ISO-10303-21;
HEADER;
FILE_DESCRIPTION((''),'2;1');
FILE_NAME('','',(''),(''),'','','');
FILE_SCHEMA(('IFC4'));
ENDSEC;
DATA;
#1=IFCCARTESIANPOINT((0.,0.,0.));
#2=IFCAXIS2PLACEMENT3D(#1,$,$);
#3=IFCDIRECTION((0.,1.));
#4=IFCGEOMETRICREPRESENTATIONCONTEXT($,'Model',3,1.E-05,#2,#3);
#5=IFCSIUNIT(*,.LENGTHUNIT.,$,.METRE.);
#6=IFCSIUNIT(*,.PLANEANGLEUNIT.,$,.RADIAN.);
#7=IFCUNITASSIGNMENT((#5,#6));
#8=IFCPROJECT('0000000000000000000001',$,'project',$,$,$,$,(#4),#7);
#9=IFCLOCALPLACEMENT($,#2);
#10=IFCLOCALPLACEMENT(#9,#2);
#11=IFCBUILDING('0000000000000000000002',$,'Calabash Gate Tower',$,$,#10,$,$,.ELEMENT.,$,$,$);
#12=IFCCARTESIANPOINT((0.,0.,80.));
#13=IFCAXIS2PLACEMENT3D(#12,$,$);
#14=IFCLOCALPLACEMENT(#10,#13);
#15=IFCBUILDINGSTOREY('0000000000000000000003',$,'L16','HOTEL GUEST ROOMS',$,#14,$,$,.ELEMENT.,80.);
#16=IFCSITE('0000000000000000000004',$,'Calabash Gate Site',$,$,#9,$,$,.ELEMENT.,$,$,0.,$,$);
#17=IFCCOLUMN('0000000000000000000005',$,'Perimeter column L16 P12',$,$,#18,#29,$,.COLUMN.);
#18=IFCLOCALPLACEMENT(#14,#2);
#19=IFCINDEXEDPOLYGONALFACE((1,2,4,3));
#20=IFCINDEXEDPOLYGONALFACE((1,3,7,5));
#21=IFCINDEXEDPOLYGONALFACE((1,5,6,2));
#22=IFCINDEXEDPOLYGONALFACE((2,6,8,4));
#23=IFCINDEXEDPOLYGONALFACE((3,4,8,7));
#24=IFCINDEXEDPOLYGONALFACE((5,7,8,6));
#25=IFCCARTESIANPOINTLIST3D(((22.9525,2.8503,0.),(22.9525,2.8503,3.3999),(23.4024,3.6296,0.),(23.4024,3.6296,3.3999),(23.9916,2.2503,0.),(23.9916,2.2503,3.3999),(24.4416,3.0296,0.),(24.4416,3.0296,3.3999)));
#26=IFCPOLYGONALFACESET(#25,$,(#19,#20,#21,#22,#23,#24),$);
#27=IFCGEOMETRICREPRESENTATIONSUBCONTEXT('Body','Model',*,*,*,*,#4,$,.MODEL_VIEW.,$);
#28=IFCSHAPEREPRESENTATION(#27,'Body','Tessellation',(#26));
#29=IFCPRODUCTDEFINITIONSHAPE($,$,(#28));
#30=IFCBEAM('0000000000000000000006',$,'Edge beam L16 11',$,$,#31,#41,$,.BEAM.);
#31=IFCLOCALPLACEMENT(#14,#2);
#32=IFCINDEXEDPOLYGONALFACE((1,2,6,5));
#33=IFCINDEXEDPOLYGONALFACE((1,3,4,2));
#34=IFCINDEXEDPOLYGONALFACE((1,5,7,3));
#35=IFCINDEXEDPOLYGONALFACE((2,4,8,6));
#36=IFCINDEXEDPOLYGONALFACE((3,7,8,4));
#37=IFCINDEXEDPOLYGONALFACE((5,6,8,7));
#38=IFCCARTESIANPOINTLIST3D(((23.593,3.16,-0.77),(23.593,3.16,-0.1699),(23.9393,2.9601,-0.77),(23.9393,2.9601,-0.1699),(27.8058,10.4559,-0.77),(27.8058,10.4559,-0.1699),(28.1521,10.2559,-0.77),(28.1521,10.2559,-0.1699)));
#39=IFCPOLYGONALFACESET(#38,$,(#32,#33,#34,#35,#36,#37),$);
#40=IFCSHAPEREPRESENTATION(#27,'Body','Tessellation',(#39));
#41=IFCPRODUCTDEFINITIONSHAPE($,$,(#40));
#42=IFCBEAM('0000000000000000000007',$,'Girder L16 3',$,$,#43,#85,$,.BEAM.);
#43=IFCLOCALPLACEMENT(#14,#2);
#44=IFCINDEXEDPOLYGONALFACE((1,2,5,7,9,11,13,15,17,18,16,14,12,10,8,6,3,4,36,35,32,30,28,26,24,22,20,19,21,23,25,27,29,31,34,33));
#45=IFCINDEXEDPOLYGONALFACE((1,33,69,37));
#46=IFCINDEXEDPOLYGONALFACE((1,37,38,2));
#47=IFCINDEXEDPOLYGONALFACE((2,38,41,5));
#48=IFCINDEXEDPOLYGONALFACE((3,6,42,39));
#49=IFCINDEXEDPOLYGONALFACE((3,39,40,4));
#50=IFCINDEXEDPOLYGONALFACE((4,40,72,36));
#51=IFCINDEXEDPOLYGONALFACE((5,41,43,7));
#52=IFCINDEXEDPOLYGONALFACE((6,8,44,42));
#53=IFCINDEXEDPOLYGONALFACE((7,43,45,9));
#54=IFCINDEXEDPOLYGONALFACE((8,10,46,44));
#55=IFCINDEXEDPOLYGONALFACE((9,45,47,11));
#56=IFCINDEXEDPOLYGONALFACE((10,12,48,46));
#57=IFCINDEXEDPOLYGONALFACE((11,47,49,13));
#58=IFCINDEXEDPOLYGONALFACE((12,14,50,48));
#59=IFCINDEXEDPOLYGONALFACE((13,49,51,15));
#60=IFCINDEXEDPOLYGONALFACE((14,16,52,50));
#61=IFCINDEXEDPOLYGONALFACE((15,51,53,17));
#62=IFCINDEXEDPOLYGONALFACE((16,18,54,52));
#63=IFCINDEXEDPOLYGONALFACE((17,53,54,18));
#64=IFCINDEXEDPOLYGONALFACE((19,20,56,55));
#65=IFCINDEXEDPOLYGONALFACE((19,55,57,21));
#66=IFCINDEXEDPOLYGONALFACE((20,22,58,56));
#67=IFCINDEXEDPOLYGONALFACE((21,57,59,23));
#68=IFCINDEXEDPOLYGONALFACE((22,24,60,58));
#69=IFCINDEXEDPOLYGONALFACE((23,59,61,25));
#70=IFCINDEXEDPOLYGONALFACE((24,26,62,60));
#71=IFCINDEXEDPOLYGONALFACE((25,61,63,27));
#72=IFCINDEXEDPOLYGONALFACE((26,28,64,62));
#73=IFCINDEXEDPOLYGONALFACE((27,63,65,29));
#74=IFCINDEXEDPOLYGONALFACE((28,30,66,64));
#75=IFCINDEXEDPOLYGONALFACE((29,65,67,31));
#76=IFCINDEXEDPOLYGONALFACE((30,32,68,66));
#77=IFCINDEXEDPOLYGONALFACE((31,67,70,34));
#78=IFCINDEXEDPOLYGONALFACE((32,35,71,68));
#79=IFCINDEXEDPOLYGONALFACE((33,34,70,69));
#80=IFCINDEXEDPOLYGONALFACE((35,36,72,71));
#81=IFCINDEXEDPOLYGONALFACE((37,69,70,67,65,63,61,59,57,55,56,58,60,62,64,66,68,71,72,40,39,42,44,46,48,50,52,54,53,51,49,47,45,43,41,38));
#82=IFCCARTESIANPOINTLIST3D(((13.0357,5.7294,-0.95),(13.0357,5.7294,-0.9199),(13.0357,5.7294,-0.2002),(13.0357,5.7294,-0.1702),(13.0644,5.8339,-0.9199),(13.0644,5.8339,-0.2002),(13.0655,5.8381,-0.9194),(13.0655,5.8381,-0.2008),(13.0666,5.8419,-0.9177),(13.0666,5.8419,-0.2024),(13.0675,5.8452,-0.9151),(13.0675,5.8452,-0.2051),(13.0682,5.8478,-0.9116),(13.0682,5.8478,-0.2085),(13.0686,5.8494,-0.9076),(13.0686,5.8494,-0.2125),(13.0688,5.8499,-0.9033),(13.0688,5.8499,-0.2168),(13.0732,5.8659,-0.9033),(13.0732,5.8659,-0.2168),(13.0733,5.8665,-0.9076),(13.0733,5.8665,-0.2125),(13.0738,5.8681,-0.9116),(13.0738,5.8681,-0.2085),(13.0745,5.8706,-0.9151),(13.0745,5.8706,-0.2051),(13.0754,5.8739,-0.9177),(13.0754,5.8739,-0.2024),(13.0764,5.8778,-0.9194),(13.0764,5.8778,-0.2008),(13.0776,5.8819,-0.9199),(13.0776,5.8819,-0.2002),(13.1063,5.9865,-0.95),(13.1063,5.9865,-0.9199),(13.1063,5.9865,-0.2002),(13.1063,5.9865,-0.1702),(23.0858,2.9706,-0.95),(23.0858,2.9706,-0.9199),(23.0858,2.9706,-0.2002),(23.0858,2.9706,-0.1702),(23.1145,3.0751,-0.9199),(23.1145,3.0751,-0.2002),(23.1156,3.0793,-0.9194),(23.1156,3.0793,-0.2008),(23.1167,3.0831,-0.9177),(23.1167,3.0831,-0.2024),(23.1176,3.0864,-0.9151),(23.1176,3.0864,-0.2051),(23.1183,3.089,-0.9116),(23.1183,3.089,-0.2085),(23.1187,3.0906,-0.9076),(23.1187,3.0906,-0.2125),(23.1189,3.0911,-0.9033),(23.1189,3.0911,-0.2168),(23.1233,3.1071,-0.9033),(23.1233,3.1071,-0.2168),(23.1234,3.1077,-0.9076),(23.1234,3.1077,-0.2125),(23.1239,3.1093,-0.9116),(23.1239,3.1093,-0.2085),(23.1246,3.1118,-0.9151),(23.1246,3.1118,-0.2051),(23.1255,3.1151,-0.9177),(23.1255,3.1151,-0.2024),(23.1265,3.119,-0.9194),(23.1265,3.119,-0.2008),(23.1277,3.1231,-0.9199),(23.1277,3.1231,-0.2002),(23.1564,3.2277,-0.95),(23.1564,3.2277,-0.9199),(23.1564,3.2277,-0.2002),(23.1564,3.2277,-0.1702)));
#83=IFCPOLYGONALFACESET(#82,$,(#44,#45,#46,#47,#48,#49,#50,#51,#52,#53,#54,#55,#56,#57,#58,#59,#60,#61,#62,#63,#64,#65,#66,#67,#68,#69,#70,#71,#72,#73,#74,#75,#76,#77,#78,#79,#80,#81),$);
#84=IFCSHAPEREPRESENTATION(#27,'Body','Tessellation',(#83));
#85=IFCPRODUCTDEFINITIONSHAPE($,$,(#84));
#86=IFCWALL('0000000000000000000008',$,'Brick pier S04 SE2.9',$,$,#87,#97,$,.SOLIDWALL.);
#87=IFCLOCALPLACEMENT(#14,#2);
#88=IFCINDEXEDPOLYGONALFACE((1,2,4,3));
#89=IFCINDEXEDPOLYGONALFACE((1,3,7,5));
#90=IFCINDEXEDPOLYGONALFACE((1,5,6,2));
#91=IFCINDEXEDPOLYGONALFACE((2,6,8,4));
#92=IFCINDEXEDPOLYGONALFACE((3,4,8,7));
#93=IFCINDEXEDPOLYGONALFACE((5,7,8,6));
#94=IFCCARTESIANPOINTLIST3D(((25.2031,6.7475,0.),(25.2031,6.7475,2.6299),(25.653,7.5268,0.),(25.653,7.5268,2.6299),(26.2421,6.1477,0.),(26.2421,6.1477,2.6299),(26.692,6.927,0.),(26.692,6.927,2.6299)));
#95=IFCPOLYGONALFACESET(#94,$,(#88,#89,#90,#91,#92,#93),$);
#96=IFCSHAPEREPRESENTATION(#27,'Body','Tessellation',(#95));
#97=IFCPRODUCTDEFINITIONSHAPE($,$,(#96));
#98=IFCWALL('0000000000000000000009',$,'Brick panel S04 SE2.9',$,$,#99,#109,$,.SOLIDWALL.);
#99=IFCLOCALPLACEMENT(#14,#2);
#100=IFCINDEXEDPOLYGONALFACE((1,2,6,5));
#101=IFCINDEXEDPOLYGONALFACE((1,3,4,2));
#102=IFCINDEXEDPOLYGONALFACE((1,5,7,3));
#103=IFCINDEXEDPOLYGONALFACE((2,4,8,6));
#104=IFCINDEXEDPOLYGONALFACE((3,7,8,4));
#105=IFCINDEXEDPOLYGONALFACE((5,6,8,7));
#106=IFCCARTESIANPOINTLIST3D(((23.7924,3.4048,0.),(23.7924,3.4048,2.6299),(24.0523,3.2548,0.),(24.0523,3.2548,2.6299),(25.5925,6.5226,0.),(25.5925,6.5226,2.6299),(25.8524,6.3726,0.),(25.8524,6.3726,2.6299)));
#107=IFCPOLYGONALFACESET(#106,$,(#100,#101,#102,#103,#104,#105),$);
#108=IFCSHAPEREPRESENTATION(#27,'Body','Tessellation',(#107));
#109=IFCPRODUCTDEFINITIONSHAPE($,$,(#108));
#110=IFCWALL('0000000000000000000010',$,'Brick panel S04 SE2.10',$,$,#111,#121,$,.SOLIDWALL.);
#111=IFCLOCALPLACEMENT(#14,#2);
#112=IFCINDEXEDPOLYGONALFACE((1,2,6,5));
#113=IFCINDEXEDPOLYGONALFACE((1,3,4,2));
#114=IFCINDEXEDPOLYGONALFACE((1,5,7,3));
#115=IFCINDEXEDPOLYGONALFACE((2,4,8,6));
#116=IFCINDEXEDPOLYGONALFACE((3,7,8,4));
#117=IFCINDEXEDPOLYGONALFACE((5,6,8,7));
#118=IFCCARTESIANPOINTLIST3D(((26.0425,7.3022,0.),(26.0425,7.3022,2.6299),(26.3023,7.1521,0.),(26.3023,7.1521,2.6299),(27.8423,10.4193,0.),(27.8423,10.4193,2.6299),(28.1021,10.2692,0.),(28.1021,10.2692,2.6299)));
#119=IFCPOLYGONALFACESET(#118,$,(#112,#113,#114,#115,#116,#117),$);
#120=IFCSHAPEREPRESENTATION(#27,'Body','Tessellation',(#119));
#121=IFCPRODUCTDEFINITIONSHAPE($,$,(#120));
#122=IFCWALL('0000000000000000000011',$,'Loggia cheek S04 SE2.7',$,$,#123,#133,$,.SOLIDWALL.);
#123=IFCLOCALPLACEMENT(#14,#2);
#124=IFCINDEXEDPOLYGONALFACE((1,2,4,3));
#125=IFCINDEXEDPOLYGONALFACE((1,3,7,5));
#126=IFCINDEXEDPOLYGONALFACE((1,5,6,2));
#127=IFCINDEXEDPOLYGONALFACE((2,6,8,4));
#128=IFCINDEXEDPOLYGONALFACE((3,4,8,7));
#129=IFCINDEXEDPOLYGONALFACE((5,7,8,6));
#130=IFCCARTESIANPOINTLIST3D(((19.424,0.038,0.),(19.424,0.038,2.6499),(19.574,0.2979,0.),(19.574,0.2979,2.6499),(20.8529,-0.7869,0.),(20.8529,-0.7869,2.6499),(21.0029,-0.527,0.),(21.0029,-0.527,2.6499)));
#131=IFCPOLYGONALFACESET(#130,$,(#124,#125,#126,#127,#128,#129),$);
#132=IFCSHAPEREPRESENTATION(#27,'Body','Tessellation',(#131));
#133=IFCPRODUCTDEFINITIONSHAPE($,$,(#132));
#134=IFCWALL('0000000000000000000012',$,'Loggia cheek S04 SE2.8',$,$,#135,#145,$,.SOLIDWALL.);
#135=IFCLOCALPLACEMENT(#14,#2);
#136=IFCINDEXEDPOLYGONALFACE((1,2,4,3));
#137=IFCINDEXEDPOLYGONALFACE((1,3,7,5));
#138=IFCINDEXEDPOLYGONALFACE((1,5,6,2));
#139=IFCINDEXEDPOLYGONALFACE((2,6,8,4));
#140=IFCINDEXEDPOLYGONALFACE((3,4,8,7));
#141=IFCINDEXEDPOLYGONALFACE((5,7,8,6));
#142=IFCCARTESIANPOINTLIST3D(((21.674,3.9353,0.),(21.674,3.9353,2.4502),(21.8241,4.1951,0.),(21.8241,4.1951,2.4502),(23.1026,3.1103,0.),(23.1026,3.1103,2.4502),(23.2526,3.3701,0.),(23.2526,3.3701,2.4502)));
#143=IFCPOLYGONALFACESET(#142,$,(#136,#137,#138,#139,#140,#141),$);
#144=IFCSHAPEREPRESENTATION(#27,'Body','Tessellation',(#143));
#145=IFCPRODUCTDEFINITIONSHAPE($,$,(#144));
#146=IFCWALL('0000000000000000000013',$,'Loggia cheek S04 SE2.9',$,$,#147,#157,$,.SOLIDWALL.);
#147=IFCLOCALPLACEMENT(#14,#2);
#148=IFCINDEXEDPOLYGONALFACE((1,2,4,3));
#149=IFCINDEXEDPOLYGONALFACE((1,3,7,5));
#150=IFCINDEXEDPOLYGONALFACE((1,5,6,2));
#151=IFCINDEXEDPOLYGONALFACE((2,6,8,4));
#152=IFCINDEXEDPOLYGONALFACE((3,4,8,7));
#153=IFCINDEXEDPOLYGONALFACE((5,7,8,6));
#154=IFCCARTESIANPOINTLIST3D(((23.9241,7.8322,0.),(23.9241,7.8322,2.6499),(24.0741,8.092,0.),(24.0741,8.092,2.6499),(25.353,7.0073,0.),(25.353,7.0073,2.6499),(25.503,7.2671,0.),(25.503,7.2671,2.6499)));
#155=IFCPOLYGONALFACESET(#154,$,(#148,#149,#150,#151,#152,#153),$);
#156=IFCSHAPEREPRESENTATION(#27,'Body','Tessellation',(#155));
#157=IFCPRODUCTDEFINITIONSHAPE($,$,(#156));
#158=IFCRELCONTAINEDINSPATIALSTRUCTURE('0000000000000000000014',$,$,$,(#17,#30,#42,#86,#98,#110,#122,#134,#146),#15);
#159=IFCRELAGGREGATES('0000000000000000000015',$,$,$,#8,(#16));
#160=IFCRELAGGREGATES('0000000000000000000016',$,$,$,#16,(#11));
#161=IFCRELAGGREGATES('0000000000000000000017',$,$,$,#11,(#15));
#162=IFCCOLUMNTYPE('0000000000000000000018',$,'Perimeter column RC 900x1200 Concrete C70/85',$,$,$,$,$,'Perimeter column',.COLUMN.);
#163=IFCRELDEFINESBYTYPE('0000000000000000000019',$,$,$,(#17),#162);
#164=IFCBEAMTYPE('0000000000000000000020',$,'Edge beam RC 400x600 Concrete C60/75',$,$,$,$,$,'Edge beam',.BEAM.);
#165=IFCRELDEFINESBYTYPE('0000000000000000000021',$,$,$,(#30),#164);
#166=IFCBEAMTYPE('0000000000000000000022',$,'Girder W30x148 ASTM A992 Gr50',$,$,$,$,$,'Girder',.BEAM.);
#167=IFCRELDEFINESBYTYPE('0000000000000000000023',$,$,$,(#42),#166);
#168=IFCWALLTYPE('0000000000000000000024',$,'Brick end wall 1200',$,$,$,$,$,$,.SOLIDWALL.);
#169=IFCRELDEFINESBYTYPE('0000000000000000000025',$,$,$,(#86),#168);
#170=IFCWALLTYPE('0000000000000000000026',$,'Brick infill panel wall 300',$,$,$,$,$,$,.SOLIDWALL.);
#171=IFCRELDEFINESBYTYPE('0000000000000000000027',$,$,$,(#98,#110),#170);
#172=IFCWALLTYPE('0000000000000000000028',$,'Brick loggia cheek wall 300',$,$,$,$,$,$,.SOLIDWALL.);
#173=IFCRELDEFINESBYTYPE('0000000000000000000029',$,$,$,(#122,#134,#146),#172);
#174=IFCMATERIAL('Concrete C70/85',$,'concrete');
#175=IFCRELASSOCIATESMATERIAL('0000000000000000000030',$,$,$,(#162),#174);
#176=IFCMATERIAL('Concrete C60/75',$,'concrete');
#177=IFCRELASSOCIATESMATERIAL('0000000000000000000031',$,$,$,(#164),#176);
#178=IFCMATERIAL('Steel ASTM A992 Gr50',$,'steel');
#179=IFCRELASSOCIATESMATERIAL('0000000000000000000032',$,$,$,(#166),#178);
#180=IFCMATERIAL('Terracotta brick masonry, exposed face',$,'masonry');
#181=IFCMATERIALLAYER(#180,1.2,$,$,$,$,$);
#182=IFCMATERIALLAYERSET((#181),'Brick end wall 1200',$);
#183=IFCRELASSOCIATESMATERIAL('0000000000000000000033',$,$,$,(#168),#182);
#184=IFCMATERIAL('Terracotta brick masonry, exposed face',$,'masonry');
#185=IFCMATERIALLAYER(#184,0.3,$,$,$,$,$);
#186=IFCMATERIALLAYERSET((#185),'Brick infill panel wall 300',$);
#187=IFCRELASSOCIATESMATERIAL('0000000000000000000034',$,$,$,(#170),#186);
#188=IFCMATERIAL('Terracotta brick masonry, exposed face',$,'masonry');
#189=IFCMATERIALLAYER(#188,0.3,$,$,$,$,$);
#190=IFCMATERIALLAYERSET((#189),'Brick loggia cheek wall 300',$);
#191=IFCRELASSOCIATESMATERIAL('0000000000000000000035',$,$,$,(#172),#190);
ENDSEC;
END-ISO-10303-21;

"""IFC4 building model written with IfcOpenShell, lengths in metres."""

from ifc_helpers import new_model, si_unit, direction, frame, frame_2d, origin, origin_2d, place, context, subcontext, project, spatial, rectangle, i_section, extrude, material, layer, layer_set, material_profile, profile_set, type_object, element, save


model = new_model("IFC4")

# Units and contexts
model_context = context("Model", 3, precision=1e-05, world=origin(), true_north=direction((0.0, 1.0)))
body_context = subcontext(model_context, "Body", "Model", "MODEL_VIEW")
ifc_project = project(units=[si_unit("LENGTHUNIT", "METRE"), si_unit("PLANEANGLEUNIT", "RADIAN")], contexts=[model_context])

# Site, building, storey
site_placement = place(None, origin())
site = spatial("IfcSite", under=ifc_project, at=site_placement, Name="Calabash Gate Site", CompositionType="ELEMENT", RefElevation=0.0)
building_placement = place(site_placement, origin())
building = spatial("IfcBuilding", under=site, at=building_placement, Name="Calabash Gate Tower", CompositionType="ELEMENT")
storey_placement = place(building_placement, frame((0.0, 0.0, 80.0)))
storey = spatial("IfcBuildingStorey", under=building, at=storey_placement, Name="L16", Description="HOTEL GUEST ROOMS", CompositionType="ELEMENT", Elevation=80.0)

# Column
ifc_material_1 = material(Name="Concrete C70/85", Category="concrete")
ifc_material_profile_1 = material_profile(ifc_material_1, rectangle(XDim=0.8999, YDim=1.2, at=origin_2d()))
ifc_profile_set_1 = profile_set([ifc_material_profile_1], Name="Concrete C70/85")
column_type = type_object("IfcColumnType", Name="Perimeter column RC 900x1200 Concrete C70/85", ElementType="Perimeter column", PredefinedType="COLUMN", material=ifc_profile_set_1)
column_placement = place(storey_placement, frame((23.697, 2.9399, 0.0), z_axis=(0.0, 0.0, 1.0), x_axis=(0.5, 0.866025, 0.0)))
element("IfcColumn", 1, at=column_placement, inside=storey, type_object=column_type, Name="Perimeter column L16 P12", PredefinedType="COLUMN", context=body_context, shape_type="SweptSolid", body=[
    extrude(rectangle(XDim=0.8999, YDim=1.2, at=origin_2d()), origin(), (0.0, 0.0, 1.0), 3.3999),
])

# Beams
ifc_material_2 = material(Name="Concrete C60/75", Category="concrete")
ifc_material_profile_2 = material_profile(ifc_material_2, rectangle(XDim=0.3999, YDim=0.6001, at=origin_2d()))
ifc_profile_set_2 = profile_set([ifc_material_profile_2], Name="Concrete C60/75")
beam_type_1 = type_object("IfcBeamType", Name="Edge beam RC 400x600 Concrete C60/75", ElementType="Edge beam", PredefinedType="BEAM", material=ifc_profile_set_2)
beam_1_placement = place(storey_placement, frame((23.7661, 3.0601, -0.47), z_axis=(0.500054, 0.865994, 0.0), x_axis=(-0.865994, 0.500054, 0.0)))
element("IfcBeam", 2, at=beam_1_placement, inside=storey, type_object=beam_type_1, Name="Edge beam L16 11", PredefinedType="BEAM", context=body_context, shape_type="SweptSolid", body=[
    extrude(rectangle(XDim=0.3999, YDim=0.6001, at=origin_2d()), origin(), (0.0, 0.0, 1.0), 8.4248),
])
ifc_material_3 = material(Name="Steel ASTM A992 Gr50", Category="steel")
ifc_material_profile_3 = material_profile(ifc_material_3, i_section(OverallWidth=0.2666, OverallDepth=0.7798, WebThickness=0.0166, FlangeThickness=0.03, FilletRadius=0.0166, at=origin_2d()))
ifc_profile_set_3 = profile_set([ifc_material_profile_3], Name="Steel ASTM A992 Gr50")
beam_type_2 = type_object("IfcBeamType", Name="Girder W30x148 ASTM A992 Gr50", ElementType="Girder", PredefinedType="BEAM", material=ifc_profile_set_3)
beam_2_placement = place(storey_placement, frame((23.1211, 3.0991, -0.5601), z_axis=(-0.964327, 0.264713, 0.0), x_axis=(-0.264713, -0.964327, 0.0)))
element("IfcBeam", 3, at=beam_2_placement, inside=storey, type_object=beam_type_2, Name="Girder L16 3", PredefinedType="BEAM", context=body_context, shape_type="SweptSolid", body=[
    extrude(i_section(OverallWidth=0.2666, OverallDepth=0.7798, WebThickness=0.0166, FlangeThickness=0.03, FilletRadius=0.0166, at=origin_2d()), origin(), (0.0, 0.0, 1.0), 10.4219),
])

# Walls
ifc_material_4 = material(Name="Terracotta brick masonry, exposed face", Category="masonry")
ifc_layer_1 = layer(ifc_material_4, 1.2)
ifc_layer_set_1 = layer_set([ifc_layer_1], Name="Brick end wall 1200")
wall_type_1 = type_object("IfcWallType", Name="Brick end wall 1200", PredefinedType="SOLIDWALL", material=ifc_layer_set_1)
wall_1_placement = place(storey_placement, frame((26.467, 6.5374, 0.0), z_axis=(0.0, 0.0, 1.0), x_axis=(-0.866043, 0.499969, 0.0)))
element("IfcWall", 4, at=wall_1_placement, inside=storey, type_object=wall_type_1, Name="Brick pier S04 SE2.9", PredefinedType="SOLIDWALL", context=body_context, shape_type="SweptSolid", body=[
    extrude(rectangle(XDim=1.1997, YDim=0.8999, at=frame_2d((0.5999, 0.0))), origin(), (0.0, 0.0, 1.0), 2.6299),
])
ifc_material_5 = material(Name="Terracotta brick masonry, exposed face", Category="masonry")
ifc_layer_2 = layer(ifc_material_5, 0.3)
ifc_layer_set_2 = layer_set([ifc_layer_2], Name="Brick infill panel wall 300")
wall_type_2 = type_object("IfcWallType", Name="Brick infill panel wall 300", PredefinedType="SOLIDWALL", material=ifc_layer_set_2)
wall_2_placement = place(storey_placement, frame((23.9224, 3.3298, 0.0), z_axis=(0.0, 0.0, 1.0), x_axis=(0.500012, 0.866018, 0.0)))
element("IfcWall", 5, at=wall_2_placement, inside=storey, type_object=wall_type_2, Name="Brick panel S04 SE2.9", PredefinedType="SOLIDWALL", context=body_context, shape_type="SweptSolid", body=[
    extrude(rectangle(XDim=3.6001, YDim=0.3, at=frame_2d((1.8, 0.0))), origin(), (0.0, 0.0, 1.0), 2.6299),
])
wall_3_placement = place(storey_placement, frame((26.1724, 7.2271, 0.0), z_axis=(0.0, 0.0, 1.0), x_axis=(0.50002, 0.866014, 0.0)))
element("IfcWall", 6, at=wall_3_placement, inside=storey, type_object=wall_type_2, Name="Brick panel S04 SE2.10", PredefinedType="SOLIDWALL", context=body_context, shape_type="SweptSolid", body=[
    extrude(rectangle(XDim=3.5994, YDim=0.3, at=frame_2d((1.7998, 0.0))), origin(), (0.0, 0.0, 1.0), 2.6299),
])
ifc_material_6 = material(Name="Terracotta brick masonry, exposed face", Category="masonry")
ifc_layer_3 = layer(ifc_material_6, 0.3)
ifc_layer_set_3 = layer_set([ifc_layer_3], Name="Brick loggia cheek wall 300")
wall_type_3 = type_object("IfcWallType", Name="Brick loggia cheek wall 300", PredefinedType="SOLIDWALL", material=ifc_layer_set_3)
wall_4_placement = place(storey_placement, frame((19.499, 0.168, 0.0), z_axis=(0.0, 0.0, 1.0), x_axis=(0.86604, -0.499974, 0.0)))
element("IfcWall", 7, at=wall_4_placement, inside=storey, type_object=wall_type_3, Name="Loggia cheek S04 SE2.7", PredefinedType="SOLIDWALL", context=body_context, shape_type="SweptSolid", body=[
    extrude(rectangle(XDim=1.6499, YDim=0.3, at=frame_2d((0.825, 0.0))), origin(), (0.0, 0.0, 1.0), 2.6499),
])
wall_5_placement = place(storey_placement, frame((23.1775, 3.2402, 0.0), z_axis=(0.0, 0.0, 1.0), x_axis=(-0.865966, 0.500103, 0.0)))
element("IfcWall", 8, at=wall_5_placement, inside=storey, type_object=wall_type_3, Name="Loggia cheek S04 SE2.8", PredefinedType="SOLIDWALL", context=body_context, shape_type="SweptSolid", body=[
    extrude(rectangle(XDim=1.6497, YDim=0.3, at=frame_2d((0.8247, 0.0))), origin(), (0.0, 0.0, 1.0), 2.4502),
])
wall_6_placement = place(storey_placement, frame((25.428, 7.1372, 0.0), z_axis=(0.0, 0.0, 1.0), x_axis=(-0.86604, 0.499974, 0.0)))
element("IfcWall", 9, at=wall_6_placement, inside=storey, type_object=wall_type_3, Name="Loggia cheek S04 SE2.9", PredefinedType="SOLIDWALL", context=body_context, shape_type="SweptSolid", body=[
    extrude(rectangle(XDim=1.6499, YDim=0.3, at=frame_2d((0.825, 0.0))), origin(), (0.0, 0.0, 1.0), 2.6499),
])

save(model, "model.ifc")
